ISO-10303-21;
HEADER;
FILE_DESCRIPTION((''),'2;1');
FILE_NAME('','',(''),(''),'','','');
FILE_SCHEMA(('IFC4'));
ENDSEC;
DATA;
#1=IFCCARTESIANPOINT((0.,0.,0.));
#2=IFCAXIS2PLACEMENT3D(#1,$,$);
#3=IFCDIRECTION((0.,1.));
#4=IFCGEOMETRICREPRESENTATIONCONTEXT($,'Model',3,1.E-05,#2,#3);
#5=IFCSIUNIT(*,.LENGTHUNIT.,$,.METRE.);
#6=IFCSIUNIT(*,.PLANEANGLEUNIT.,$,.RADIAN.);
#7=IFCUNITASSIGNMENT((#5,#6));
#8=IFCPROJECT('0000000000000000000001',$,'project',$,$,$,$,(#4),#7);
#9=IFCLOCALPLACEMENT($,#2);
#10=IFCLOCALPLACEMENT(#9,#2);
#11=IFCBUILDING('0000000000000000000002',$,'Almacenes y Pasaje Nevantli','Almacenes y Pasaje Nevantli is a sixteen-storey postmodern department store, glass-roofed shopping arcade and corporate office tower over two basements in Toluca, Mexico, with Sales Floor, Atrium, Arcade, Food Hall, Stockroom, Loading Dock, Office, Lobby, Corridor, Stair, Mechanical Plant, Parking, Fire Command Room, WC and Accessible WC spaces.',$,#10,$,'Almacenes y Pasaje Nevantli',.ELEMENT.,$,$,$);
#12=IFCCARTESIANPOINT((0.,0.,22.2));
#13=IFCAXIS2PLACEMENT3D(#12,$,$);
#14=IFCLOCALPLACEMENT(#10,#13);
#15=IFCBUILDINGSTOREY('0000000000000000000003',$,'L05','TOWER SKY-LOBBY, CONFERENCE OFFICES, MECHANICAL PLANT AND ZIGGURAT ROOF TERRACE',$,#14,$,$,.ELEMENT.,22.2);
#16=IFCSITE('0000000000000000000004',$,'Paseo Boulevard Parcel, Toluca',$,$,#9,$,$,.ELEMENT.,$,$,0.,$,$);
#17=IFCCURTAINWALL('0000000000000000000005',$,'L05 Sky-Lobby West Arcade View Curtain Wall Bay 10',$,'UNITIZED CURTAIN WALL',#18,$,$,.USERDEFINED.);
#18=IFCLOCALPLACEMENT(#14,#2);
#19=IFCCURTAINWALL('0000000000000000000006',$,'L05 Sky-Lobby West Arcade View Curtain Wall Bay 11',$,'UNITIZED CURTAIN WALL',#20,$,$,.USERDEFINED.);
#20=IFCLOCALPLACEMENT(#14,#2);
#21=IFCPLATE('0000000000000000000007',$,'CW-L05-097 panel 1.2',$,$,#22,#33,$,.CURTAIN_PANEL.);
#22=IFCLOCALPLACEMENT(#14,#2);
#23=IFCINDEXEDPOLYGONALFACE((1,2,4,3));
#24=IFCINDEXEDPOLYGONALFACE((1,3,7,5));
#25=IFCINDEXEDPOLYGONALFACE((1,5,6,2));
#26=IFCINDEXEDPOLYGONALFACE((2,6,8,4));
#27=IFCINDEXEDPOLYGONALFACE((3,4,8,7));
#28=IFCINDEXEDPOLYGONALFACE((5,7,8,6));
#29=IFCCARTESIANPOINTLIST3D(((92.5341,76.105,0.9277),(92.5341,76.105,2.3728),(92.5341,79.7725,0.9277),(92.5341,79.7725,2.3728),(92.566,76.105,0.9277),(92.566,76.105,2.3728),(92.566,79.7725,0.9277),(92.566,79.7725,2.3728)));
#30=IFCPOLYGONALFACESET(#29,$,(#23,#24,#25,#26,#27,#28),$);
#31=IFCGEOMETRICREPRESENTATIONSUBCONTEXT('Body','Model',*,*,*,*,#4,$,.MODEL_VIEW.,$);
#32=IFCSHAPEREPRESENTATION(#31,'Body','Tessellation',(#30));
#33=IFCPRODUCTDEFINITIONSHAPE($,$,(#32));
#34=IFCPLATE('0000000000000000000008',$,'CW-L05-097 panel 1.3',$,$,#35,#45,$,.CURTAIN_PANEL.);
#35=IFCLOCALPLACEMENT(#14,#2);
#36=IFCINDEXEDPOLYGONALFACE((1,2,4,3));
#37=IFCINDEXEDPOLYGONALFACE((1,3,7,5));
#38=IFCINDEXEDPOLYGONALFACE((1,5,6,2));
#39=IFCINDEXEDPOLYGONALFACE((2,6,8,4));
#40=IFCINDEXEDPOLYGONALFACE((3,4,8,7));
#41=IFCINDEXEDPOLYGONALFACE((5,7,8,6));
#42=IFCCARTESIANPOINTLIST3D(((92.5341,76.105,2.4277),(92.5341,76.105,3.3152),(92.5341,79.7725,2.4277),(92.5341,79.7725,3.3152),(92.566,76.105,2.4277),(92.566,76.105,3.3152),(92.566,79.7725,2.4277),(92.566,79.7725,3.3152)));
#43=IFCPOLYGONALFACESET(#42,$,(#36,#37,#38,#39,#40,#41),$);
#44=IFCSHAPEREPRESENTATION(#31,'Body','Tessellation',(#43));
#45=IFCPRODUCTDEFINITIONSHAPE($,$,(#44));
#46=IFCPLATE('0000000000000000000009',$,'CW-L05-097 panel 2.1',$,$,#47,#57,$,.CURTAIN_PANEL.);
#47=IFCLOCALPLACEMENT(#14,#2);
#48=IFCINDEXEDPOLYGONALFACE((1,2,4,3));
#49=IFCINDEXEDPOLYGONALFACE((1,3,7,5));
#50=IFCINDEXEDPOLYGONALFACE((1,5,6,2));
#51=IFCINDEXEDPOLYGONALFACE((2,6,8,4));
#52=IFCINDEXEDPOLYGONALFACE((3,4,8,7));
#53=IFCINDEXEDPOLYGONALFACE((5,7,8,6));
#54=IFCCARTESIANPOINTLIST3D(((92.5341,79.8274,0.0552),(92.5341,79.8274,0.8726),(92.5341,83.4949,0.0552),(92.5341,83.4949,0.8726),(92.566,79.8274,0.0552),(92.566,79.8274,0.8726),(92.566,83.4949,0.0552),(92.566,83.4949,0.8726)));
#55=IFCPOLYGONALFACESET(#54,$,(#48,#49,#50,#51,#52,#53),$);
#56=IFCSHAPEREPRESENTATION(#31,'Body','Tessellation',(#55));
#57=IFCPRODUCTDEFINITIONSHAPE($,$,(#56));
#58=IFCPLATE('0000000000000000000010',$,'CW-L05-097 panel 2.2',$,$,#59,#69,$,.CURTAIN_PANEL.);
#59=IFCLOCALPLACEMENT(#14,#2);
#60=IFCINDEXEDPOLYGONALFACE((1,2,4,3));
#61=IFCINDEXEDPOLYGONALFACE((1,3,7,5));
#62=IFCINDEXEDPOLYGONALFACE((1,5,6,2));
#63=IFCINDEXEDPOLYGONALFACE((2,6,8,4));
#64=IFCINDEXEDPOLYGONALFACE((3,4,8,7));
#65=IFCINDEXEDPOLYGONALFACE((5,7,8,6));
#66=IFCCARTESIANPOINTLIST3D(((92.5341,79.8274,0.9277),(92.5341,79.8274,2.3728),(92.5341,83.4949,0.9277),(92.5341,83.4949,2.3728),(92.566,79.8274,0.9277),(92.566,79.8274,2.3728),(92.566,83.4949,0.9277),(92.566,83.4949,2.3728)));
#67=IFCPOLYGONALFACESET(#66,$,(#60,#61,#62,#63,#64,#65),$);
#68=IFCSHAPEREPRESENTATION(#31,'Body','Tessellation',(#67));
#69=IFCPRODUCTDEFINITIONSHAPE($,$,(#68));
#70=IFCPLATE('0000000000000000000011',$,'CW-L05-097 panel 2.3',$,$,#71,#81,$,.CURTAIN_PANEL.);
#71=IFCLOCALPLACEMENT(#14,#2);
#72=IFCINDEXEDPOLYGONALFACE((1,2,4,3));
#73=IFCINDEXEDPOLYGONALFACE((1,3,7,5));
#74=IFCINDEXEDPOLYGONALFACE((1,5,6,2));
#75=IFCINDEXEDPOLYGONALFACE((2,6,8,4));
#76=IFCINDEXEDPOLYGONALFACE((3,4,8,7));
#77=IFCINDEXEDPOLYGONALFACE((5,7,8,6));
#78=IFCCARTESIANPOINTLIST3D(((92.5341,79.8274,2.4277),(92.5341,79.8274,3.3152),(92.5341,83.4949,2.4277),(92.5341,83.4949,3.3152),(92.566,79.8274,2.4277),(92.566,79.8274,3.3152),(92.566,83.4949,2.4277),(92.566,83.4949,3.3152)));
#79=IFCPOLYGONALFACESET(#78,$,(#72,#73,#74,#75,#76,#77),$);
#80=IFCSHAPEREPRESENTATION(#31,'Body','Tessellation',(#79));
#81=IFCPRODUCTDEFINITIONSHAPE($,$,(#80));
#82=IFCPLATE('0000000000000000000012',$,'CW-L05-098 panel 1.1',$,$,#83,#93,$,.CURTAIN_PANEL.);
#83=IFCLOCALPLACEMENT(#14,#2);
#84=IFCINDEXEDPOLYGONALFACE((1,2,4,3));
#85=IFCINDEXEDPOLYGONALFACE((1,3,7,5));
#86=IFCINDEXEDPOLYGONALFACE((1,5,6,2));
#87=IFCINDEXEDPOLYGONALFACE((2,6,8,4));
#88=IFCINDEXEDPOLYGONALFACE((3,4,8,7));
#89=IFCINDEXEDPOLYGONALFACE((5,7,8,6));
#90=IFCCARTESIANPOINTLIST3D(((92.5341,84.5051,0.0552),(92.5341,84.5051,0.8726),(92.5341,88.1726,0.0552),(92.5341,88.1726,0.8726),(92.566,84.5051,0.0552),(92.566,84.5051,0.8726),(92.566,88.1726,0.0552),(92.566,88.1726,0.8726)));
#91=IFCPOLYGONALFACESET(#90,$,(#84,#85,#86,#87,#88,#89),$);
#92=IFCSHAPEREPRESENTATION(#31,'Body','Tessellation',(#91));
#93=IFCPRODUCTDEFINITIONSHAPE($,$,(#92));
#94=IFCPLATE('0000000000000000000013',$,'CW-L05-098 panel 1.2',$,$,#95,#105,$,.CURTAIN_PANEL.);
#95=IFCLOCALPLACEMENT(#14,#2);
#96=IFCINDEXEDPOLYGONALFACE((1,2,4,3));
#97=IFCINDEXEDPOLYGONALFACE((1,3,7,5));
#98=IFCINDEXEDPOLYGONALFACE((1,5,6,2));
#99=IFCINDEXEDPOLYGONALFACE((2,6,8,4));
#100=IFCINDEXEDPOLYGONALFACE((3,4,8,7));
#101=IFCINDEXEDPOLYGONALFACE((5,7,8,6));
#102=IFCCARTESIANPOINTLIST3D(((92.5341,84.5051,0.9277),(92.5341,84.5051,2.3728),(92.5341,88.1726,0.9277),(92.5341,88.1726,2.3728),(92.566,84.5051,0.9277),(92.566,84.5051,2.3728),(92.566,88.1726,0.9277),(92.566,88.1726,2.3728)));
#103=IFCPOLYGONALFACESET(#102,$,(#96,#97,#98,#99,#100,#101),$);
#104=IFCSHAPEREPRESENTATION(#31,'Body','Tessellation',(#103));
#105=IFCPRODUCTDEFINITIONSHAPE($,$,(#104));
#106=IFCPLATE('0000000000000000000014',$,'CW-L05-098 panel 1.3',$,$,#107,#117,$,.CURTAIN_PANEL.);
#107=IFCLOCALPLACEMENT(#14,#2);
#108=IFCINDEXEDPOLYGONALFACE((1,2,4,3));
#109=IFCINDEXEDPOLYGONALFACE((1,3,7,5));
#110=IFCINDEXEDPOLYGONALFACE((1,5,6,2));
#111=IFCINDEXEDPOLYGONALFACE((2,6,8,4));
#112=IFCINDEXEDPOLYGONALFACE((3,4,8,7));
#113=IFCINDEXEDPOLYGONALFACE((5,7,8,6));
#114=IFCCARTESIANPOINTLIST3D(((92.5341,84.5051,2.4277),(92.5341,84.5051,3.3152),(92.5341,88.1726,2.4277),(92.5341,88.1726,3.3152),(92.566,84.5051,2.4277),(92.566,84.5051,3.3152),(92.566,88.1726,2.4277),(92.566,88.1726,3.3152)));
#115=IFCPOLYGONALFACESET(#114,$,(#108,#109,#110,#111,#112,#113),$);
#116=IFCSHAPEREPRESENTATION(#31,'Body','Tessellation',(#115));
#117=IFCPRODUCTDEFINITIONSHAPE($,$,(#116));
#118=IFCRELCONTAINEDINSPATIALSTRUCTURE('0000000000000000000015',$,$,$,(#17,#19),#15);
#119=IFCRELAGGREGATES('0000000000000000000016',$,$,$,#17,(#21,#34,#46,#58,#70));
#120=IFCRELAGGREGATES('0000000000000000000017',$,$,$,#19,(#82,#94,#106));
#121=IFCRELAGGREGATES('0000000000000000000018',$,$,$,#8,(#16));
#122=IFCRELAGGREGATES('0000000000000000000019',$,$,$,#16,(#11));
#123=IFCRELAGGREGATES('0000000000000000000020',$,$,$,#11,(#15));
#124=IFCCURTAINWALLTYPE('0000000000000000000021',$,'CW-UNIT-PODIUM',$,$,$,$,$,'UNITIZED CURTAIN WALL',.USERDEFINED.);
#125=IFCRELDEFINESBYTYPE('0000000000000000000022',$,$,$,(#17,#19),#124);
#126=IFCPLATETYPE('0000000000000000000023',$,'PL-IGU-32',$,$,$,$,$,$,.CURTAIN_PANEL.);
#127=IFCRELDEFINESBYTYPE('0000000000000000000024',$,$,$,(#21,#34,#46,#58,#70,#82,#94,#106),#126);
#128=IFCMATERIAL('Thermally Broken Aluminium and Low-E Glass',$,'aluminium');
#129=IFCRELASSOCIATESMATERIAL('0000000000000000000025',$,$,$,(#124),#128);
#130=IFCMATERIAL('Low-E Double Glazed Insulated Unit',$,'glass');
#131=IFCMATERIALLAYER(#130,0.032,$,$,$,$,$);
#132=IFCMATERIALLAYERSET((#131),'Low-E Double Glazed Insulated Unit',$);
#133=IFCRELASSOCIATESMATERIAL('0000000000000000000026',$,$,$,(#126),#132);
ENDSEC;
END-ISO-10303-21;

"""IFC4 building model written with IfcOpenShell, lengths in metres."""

from ifc_helpers import new_model, si_unit, direction, frame, origin, origin_2d, place, context, subcontext, project, spatial, rectangle, extrude, material, layer, layer_set, type_object, element, aggregate, save


model = new_model("IFC4")

# Units and contexts
model_context = context("Model", 3, precision=1e-05, world=origin(), true_north=direction((0.0, 1.0)))
body_context = subcontext(model_context, "Body", "Model", "MODEL_VIEW")
ifc_project = project(units=[si_unit("LENGTHUNIT", "METRE"), si_unit("PLANEANGLEUNIT", "RADIAN")], contexts=[model_context])

# Site, building, storey
site_placement = place(None, origin())
site = spatial("IfcSite", under=ifc_project, at=site_placement, Name="Paseo Boulevard Parcel, Toluca", CompositionType="ELEMENT", RefElevation=0.0)
building_placement = place(site_placement, origin())
building = spatial("IfcBuilding", under=site, at=building_placement, Name="Almacenes y Pasaje Nevantli", Description="Almacenes y Pasaje Nevantli is a sixteen-storey postmodern department store, glass-roofed shopping arcade and corporate office tower over two basements in Toluca, Mexico, with Sales Floor, Atrium, Arcade, Food Hall, Stockroom, Loading Dock, Office, Lobby, Corridor, Stair, Mechanical Plant, Parking, Fire Command Room, WC and Accessible WC spaces.", LongName="Almacenes y Pasaje Nevantli", CompositionType="ELEMENT")
storey_placement = place(building_placement, frame((0.0, 0.0, 22.2)))
storey = spatial("IfcBuildingStorey", under=building, at=storey_placement, Name="L05", Description="TOWER SKY-LOBBY, CONFERENCE OFFICES, MECHANICAL PLANT AND ZIGGURAT ROOF TERRACE", CompositionType="ELEMENT", Elevation=22.2)

# Curtain wall
ifc_material_1 = material(Name="Thermally Broken Aluminium and Low-E Glass", Category="aluminium")
curtain_wall_type = type_object("IfcCurtainWallType", Name="CW-UNIT-PODIUM", ElementType="UNITIZED CURTAIN WALL", PredefinedType="USERDEFINED", material=ifc_material_1)
curtain_wall_1_placement = place(storey_placement, origin())
curtain_wall_1 = element("IfcCurtainWall", 1, at=curtain_wall_1_placement, inside=storey, type_object=curtain_wall_type, Name="L05 Sky-Lobby West Arcade View Curtain Wall Bay 10", ObjectType="UNITIZED CURTAIN WALL", PredefinedType="USERDEFINED")

# Curtain wall
curtain_wall_2_placement = place(storey_placement, origin())
curtain_wall_2 = element("IfcCurtainWall", 2, at=curtain_wall_2_placement, inside=storey, type_object=curtain_wall_type, Name="L05 Sky-Lobby West Arcade View Curtain Wall Bay 11", ObjectType="UNITIZED CURTAIN WALL", PredefinedType="USERDEFINED")

# Plates
ifc_material_2 = material(Name="Low-E Double Glazed Insulated Unit", Category="glass")
ifc_layer = layer(ifc_material_2, 0.032)
ifc_layer_set = layer_set([ifc_layer], Name="Low-E Double Glazed Insulated Unit")
plate_type = type_object("IfcPlateType", Name="PL-IGU-32", PredefinedType="CURTAIN_PANEL", material=ifc_layer_set)
plate_1_placement = place(storey_placement, frame((92.55, 77.9387, 0.9277), z_axis=(0.0, 0.0, 1.0), x_axis=(0.0, 1.0, 0.0)))
plate_1 = element("IfcPlate", 3, at=plate_1_placement, type_object=plate_type, Name="CW-L05-097 panel 1.2", PredefinedType="CURTAIN_PANEL", context=body_context, shape_type="SweptSolid", body=[
    extrude(rectangle(XDim=3.6675, YDim=0.032, at=origin_2d()), origin(), (0.0, 0.0, 1.0), 1.4451),
])
plate_2_placement = place(storey_placement, frame((92.55, 77.9387, 2.4277), z_axis=(0.0, 0.0, 1.0), x_axis=(0.0, 1.0, 0.0)))
plate_2 = element("IfcPlate", 4, at=plate_2_placement, type_object=plate_type, Name="CW-L05-097 panel 1.3", PredefinedType="CURTAIN_PANEL", context=body_context, shape_type="SweptSolid", body=[
    extrude(rectangle(XDim=3.6675, YDim=0.032, at=origin_2d()), origin(), (0.0, 0.0, 1.0), 0.8875),
])
plate_3_placement = place(storey_placement, frame((92.55, 81.6611, 0.0552), z_axis=(0.0, 0.0, 1.0), x_axis=(0.0, 1.0, 0.0)))
plate_3 = element("IfcPlate", 5, at=plate_3_placement, type_object=plate_type, Name="CW-L05-097 panel 2.1", PredefinedType="CURTAIN_PANEL", context=body_context, shape_type="SweptSolid", body=[
    extrude(rectangle(XDim=3.6675, YDim=0.032, at=origin_2d()), origin(), (0.0, 0.0, 1.0), 0.8174),
])
plate_4_placement = place(storey_placement, frame((92.55, 81.6611, 0.9277), z_axis=(0.0, 0.0, 1.0), x_axis=(0.0, 1.0, 0.0)))
plate_4 = element("IfcPlate", 6, at=plate_4_placement, type_object=plate_type, Name="CW-L05-097 panel 2.2", PredefinedType="CURTAIN_PANEL", context=body_context, shape_type="SweptSolid", body=[
    extrude(rectangle(XDim=3.6675, YDim=0.032, at=origin_2d()), origin(), (0.0, 0.0, 1.0), 1.4451),
])
plate_5_placement = place(storey_placement, frame((92.55, 81.6611, 2.4277), z_axis=(0.0, 0.0, 1.0), x_axis=(0.0, 1.0, 0.0)))
plate_5 = element("IfcPlate", 7, at=plate_5_placement, type_object=plate_type, Name="CW-L05-097 panel 2.3", PredefinedType="CURTAIN_PANEL", context=body_context, shape_type="SweptSolid", body=[
    extrude(rectangle(XDim=3.6675, YDim=0.032, at=origin_2d()), origin(), (0.0, 0.0, 1.0), 0.8875),
])
aggregate(curtain_wall_1, [plate_1, plate_2, plate_3, plate_4, plate_5])
plate_6_placement = place(storey_placement, frame((92.55, 86.3389, 0.0552), z_axis=(0.0, 0.0, 1.0), x_axis=(0.0, 1.0, 0.0)))
plate_6 = element("IfcPlate", 8, at=plate_6_placement, type_object=plate_type, Name="CW-L05-098 panel 1.1", PredefinedType="CURTAIN_PANEL", context=body_context, shape_type="SweptSolid", body=[
    extrude(rectangle(XDim=3.6675, YDim=0.032, at=origin_2d()), origin(), (0.0, 0.0, 1.0), 0.8174),
])
plate_7_placement = place(storey_placement, frame((92.55, 86.3389, 0.9277), z_axis=(0.0, 0.0, 1.0), x_axis=(0.0, 1.0, 0.0)))
plate_7 = element("IfcPlate", 9, at=plate_7_placement, type_object=plate_type, Name="CW-L05-098 panel 1.2", PredefinedType="CURTAIN_PANEL", context=body_context, shape_type="SweptSolid", body=[
    extrude(rectangle(XDim=3.6675, YDim=0.032, at=origin_2d()), origin(), (0.0, 0.0, 1.0), 1.4451),
])
plate_8_placement = place(storey_placement, frame((92.55, 86.3389, 2.4277), z_axis=(0.0, 0.0, 1.0), x_axis=(0.0, 1.0, 0.0)))
plate_8 = element("IfcPlate", 10, at=plate_8_placement, type_object=plate_type, Name="CW-L05-098 panel 1.3", PredefinedType="CURTAIN_PANEL", context=body_context, shape_type="SweptSolid", body=[
    extrude(rectangle(XDim=3.6675, YDim=0.032, at=origin_2d()), origin(), (0.0, 0.0, 1.0), 0.8875),
])
aggregate(curtain_wall_2, [plate_6, plate_7, plate_8])

save(model, "model.ifc")
